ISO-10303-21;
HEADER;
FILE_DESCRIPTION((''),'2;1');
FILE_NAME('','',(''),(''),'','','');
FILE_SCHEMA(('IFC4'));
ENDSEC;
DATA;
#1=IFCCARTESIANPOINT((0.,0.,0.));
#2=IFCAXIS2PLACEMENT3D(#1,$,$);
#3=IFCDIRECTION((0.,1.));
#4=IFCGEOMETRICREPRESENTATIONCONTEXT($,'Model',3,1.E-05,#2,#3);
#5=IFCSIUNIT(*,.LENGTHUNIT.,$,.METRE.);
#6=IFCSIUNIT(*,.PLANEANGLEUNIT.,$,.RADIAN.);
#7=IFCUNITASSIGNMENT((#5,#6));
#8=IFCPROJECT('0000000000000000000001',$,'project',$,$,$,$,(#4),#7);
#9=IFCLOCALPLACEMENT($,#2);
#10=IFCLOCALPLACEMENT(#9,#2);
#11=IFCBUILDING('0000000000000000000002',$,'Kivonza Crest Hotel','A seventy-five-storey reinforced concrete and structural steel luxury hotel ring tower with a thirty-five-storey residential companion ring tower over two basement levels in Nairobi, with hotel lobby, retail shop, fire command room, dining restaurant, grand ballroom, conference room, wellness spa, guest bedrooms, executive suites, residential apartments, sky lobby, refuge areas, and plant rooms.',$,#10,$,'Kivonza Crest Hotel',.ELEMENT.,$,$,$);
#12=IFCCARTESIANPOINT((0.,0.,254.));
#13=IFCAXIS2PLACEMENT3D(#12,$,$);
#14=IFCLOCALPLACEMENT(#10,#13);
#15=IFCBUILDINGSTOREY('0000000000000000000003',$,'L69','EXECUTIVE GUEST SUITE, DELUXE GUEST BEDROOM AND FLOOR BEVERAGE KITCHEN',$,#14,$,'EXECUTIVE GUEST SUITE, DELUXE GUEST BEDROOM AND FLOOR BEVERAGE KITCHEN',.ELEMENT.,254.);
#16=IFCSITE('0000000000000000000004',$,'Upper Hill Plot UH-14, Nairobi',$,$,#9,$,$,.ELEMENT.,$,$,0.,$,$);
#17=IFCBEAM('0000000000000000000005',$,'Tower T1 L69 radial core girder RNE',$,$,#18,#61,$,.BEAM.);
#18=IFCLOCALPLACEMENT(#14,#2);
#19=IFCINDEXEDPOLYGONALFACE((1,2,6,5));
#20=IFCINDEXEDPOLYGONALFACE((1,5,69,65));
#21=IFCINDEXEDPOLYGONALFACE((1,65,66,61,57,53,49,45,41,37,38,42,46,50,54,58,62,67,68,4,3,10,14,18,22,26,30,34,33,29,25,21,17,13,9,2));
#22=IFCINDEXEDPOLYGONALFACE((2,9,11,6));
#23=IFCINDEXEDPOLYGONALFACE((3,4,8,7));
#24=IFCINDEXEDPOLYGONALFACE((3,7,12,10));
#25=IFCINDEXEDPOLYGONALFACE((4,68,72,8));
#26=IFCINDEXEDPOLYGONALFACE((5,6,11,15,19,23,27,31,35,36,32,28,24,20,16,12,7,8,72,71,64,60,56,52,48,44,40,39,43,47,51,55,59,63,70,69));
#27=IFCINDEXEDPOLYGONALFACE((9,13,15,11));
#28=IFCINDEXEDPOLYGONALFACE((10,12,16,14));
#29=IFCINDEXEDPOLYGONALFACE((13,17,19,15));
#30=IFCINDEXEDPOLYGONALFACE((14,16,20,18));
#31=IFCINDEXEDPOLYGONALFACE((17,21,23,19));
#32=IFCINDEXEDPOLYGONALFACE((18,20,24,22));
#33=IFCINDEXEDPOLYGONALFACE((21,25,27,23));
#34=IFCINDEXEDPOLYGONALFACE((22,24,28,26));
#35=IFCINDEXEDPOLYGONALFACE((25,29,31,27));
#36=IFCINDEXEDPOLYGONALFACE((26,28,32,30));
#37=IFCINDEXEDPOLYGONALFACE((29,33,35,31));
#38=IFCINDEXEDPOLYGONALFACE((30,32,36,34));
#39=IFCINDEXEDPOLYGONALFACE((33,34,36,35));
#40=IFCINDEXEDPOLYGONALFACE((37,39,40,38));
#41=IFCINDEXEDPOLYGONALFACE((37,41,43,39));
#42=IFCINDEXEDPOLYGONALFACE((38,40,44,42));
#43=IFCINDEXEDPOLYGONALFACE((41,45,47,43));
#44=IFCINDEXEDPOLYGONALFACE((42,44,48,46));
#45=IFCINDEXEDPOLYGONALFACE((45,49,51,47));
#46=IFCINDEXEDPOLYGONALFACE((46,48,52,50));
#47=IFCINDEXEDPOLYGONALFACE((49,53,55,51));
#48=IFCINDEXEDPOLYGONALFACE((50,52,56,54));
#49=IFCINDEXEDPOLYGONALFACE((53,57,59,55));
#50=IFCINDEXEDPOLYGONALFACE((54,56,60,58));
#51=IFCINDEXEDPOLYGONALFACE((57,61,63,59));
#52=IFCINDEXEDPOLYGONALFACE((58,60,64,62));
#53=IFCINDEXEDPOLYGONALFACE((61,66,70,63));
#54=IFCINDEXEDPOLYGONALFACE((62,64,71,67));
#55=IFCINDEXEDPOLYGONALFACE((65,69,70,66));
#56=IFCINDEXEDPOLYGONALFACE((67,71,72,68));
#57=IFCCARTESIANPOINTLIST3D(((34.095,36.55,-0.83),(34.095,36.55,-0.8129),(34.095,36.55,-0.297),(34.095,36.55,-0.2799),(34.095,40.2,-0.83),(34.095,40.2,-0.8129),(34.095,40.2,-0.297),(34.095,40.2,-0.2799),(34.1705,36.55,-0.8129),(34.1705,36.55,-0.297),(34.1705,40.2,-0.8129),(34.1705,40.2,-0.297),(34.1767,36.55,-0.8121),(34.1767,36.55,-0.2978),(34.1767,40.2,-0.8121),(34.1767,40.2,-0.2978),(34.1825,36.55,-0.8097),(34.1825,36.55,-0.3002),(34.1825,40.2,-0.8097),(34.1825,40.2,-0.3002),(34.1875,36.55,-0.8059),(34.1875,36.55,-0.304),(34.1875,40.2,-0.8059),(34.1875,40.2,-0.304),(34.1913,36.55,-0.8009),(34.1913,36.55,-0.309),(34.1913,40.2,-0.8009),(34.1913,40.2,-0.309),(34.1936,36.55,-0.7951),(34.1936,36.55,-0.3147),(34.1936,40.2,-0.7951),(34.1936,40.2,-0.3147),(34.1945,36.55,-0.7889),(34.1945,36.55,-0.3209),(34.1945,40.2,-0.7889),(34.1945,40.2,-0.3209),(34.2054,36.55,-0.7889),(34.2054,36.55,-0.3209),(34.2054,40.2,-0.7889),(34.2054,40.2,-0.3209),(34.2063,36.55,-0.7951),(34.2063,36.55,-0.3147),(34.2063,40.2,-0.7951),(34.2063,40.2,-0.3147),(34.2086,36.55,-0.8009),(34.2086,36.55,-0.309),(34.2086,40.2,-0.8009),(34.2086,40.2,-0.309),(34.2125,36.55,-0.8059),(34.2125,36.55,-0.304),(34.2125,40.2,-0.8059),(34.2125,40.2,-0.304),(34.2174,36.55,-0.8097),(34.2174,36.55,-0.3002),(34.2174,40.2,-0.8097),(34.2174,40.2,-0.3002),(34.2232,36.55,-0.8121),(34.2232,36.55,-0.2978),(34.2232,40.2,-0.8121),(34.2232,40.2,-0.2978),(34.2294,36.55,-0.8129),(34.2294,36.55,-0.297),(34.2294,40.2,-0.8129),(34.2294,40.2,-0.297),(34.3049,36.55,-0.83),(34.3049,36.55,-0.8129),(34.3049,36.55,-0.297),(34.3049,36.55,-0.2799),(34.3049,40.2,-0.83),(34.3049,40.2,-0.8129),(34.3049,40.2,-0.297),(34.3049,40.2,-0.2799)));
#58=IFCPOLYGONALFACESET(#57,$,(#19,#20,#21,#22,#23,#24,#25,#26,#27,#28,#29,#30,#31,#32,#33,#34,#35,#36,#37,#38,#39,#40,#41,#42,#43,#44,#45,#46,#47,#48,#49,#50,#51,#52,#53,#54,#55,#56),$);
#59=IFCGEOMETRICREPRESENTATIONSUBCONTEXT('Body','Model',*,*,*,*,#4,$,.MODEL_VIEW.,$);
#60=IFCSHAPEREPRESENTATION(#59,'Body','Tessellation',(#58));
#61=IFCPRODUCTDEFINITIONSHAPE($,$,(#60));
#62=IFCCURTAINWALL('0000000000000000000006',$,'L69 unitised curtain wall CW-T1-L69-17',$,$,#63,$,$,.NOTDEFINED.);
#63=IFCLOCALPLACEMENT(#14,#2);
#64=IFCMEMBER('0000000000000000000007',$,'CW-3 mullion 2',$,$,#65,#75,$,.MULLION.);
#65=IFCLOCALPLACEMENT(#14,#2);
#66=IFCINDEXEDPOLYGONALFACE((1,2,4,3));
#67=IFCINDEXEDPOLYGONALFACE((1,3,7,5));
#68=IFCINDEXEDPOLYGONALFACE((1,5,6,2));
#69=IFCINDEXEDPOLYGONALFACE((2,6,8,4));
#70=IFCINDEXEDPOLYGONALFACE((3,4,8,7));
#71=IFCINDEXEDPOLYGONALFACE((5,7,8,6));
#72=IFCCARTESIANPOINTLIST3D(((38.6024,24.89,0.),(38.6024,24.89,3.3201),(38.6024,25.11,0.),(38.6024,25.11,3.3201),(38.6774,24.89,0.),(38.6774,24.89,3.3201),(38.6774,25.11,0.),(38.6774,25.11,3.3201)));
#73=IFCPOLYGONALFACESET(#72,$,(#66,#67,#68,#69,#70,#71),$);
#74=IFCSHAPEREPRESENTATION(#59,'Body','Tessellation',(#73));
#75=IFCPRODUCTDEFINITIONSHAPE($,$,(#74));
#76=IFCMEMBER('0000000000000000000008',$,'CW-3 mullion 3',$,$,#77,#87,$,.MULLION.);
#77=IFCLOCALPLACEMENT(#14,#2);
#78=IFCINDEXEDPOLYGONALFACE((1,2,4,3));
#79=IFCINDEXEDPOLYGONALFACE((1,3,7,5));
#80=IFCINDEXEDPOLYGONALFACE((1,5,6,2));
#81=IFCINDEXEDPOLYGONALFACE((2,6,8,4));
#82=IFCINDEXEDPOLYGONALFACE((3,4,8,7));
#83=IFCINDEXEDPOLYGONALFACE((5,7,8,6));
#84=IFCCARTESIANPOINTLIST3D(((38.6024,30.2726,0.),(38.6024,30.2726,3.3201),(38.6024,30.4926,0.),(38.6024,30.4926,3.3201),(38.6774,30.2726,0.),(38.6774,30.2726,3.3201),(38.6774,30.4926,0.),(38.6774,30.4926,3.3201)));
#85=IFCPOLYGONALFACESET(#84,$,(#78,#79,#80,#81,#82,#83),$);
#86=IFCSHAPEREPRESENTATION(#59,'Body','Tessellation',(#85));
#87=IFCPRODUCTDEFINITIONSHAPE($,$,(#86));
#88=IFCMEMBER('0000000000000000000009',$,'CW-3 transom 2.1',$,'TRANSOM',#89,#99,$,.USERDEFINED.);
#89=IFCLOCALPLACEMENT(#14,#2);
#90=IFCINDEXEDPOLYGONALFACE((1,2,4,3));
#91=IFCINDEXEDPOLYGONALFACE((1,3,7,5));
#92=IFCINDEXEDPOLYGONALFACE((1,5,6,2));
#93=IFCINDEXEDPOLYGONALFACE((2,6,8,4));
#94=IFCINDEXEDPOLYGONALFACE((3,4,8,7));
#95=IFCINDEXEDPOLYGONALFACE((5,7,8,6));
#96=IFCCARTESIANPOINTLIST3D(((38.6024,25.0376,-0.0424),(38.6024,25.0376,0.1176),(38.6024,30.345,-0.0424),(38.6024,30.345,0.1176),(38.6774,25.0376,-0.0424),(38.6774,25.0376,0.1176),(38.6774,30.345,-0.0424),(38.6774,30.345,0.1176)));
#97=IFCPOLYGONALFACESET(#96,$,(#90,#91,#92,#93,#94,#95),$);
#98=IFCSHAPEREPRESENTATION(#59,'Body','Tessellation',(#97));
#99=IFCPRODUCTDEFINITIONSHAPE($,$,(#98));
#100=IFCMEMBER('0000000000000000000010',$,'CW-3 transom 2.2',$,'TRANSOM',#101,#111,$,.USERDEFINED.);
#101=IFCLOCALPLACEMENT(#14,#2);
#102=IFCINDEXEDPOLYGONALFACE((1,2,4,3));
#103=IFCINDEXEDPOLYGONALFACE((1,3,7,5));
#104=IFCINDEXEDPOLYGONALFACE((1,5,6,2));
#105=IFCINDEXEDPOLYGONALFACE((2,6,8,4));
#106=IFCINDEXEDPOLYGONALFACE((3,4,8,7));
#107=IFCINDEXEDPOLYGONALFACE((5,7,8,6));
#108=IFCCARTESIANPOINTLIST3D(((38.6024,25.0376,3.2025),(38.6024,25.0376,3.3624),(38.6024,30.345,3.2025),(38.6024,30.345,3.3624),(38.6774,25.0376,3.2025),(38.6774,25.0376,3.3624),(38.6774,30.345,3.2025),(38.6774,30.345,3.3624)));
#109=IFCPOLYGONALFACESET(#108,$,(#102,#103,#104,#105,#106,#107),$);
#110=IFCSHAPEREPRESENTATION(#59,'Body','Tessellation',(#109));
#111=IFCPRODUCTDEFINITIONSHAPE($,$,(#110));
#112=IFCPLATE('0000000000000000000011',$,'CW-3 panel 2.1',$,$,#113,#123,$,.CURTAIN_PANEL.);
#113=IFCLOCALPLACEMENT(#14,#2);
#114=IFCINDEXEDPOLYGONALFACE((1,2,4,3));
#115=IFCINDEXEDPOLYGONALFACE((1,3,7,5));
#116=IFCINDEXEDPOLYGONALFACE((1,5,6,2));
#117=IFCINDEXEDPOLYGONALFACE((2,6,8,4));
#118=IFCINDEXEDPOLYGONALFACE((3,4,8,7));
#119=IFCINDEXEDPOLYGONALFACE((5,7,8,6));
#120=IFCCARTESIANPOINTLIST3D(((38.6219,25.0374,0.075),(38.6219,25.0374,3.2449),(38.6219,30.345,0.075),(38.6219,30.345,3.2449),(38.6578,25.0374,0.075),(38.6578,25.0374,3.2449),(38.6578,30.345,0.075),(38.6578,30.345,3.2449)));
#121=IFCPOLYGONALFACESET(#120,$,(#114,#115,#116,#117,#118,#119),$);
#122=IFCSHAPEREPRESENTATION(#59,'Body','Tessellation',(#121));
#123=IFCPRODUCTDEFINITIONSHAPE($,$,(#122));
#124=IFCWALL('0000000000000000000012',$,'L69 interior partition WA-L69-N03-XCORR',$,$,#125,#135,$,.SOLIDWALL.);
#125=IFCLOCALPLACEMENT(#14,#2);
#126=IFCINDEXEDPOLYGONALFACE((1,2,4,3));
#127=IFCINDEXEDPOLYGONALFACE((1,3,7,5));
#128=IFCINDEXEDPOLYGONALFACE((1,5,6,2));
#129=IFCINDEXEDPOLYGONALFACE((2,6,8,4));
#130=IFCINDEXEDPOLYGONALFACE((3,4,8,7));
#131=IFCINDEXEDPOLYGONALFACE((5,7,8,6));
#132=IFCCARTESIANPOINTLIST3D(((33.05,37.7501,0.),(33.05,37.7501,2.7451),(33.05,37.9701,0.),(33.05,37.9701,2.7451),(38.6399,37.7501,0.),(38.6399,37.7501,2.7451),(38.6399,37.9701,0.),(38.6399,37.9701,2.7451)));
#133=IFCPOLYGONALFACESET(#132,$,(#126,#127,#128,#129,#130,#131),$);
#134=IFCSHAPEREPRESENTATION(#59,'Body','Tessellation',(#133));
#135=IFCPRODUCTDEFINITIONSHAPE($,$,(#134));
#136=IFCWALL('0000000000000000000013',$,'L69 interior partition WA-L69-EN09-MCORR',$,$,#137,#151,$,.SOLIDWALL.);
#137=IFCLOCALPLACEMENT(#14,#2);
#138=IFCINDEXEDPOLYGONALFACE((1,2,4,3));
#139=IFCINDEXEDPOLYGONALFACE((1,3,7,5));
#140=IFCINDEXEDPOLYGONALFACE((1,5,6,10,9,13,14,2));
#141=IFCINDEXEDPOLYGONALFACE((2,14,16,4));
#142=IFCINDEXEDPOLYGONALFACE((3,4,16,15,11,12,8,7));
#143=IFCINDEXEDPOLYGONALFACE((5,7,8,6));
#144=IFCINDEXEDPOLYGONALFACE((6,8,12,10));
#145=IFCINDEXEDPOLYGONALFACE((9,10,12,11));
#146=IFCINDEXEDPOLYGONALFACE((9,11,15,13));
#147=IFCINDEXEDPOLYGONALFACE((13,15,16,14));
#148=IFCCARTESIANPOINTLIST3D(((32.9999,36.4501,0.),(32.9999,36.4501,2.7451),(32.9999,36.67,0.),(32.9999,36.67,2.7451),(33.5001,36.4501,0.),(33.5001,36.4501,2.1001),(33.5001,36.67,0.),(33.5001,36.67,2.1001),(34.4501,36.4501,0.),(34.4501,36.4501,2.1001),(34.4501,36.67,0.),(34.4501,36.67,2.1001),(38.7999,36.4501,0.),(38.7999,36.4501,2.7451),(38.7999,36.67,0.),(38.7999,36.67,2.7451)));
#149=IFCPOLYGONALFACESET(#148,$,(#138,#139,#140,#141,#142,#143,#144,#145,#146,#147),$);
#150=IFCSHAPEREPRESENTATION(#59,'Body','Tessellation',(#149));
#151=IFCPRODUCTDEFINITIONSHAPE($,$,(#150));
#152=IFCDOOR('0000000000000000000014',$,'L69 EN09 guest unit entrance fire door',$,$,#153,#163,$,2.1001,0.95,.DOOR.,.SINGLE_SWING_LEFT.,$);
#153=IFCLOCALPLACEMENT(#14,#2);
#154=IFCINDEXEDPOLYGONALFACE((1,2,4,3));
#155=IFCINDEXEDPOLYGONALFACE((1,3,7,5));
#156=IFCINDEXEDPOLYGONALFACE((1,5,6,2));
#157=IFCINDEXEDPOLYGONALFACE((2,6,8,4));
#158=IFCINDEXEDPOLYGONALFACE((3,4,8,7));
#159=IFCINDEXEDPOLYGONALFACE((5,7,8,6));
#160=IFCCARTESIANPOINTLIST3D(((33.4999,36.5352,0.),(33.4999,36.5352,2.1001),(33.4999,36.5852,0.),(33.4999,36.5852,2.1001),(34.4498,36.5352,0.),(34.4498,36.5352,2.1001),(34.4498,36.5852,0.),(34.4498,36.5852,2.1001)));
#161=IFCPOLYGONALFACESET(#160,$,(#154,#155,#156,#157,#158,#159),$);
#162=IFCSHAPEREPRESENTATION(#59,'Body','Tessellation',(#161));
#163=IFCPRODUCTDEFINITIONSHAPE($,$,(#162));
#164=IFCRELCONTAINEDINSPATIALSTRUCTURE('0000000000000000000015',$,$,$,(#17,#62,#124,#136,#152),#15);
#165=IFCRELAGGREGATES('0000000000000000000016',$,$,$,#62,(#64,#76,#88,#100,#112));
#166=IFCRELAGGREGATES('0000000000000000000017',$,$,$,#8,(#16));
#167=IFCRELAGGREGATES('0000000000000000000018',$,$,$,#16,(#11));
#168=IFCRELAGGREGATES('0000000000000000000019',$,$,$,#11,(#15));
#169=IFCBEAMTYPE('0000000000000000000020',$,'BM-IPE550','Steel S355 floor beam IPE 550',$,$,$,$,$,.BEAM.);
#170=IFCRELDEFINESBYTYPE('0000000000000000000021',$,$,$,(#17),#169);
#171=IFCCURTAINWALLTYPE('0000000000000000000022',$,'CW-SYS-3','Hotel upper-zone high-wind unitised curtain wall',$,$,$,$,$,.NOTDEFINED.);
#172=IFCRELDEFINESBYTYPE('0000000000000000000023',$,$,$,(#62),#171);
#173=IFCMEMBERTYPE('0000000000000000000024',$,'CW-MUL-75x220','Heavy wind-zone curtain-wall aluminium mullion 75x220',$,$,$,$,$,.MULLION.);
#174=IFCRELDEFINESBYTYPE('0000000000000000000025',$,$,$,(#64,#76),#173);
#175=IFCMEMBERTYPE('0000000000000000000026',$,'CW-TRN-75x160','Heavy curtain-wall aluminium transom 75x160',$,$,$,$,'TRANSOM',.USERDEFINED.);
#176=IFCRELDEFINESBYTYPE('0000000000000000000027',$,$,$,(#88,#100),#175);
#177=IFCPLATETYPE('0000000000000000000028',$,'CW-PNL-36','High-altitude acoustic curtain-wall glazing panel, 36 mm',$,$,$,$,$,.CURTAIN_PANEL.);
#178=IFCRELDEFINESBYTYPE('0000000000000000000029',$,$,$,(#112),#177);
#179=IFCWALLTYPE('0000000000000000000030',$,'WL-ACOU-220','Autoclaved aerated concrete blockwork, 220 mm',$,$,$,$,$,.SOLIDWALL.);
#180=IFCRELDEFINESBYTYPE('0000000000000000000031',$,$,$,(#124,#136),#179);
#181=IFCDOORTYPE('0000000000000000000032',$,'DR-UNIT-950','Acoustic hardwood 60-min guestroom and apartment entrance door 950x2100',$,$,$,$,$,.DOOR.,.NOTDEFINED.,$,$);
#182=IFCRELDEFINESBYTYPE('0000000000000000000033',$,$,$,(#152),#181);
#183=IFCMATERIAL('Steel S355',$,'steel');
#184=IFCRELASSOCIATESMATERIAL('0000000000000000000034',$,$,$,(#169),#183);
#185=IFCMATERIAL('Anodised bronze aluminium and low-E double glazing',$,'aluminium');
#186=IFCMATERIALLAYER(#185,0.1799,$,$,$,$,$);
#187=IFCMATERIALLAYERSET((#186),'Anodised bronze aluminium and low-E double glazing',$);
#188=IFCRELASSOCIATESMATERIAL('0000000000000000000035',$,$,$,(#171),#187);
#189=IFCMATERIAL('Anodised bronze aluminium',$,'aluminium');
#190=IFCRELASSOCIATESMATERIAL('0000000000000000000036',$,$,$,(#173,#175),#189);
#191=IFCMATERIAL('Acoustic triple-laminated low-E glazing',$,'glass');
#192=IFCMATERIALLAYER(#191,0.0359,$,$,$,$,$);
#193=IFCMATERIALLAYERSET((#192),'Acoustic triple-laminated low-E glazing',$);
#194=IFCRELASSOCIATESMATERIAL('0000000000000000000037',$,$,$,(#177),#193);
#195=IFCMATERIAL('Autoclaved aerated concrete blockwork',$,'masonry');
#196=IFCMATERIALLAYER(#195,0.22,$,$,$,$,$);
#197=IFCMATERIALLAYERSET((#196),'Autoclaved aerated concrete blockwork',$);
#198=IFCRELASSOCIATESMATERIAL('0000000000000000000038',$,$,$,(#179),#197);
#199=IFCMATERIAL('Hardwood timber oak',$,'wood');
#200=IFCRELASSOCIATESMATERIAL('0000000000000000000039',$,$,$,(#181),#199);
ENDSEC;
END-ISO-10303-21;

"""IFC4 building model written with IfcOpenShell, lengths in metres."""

from ifc_helpers import new_model, si_unit, direction, frame, frame_2d, origin, origin_2d, place, context, subcontext, project, spatial, rectangle, i_section, extrude, material, layer, layer_set, material_profile, profile_set, type_object, element, fill, aggregate, save


model = new_model("IFC4")

# Units and contexts
model_context = context("Model", 3, precision=1e-05, world=origin(), true_north=direction((0.0, 1.0)))
body_context = subcontext(model_context, "Body", "Model", "MODEL_VIEW")
ifc_project = project(units=[si_unit("LENGTHUNIT", "METRE"), si_unit("PLANEANGLEUNIT", "RADIAN")], contexts=[model_context])

# Site, building, storey
site_placement = place(None, origin())
site = spatial("IfcSite", under=ifc_project, at=site_placement, Name="Upper Hill Plot UH-14, Nairobi", CompositionType="ELEMENT", RefElevation=0.0)
building_placement = place(site_placement, origin())
building = spatial("IfcBuilding", under=site, at=building_placement, Name="Kivonza Crest Hotel", Description="A seventy-five-storey reinforced concrete and structural steel luxury hotel ring tower with a thirty-five-storey residential companion ring tower over two basement levels in Nairobi, with hotel lobby, retail shop, fire command room, dining restaurant, grand ballroom, conference room, wellness spa, guest bedrooms, executive suites, residential apartments, sky lobby, refuge areas, and plant rooms.", LongName="Kivonza Crest Hotel", CompositionType="ELEMENT")
storey_placement = place(building_placement, frame((0.0, 0.0, 254.0)))
storey = spatial("IfcBuildingStorey", under=building, at=storey_placement, Name="L69", Description="EXECUTIVE GUEST SUITE, DELUXE GUEST BEDROOM AND FLOOR BEVERAGE KITCHEN", LongName="EXECUTIVE GUEST SUITE, DELUXE GUEST BEDROOM AND FLOOR BEVERAGE KITCHEN", CompositionType="ELEMENT", Elevation=254.0)

# Beam
ifc_material_1 = material(Name="Steel S355", Category="steel")
ifc_material_profile_1 = material_profile(ifc_material_1, i_section(OverallWidth=0.21, OverallDepth=0.55, WebThickness=0.011, FlangeThickness=0.0171, FilletRadius=0.0239, at=origin_2d()), Name="IPE 550")
ifc_profile_set_1 = profile_set([ifc_material_profile_1], Name="Steel S355")
beam_type_1 = type_object("IfcBeamType", Name="BM-IPE550", Description="Steel S355 floor beam IPE 550", PredefinedType="BEAM", material=ifc_profile_set_1)
beam_1_placement = place(storey_placement, frame((34.2, 40.2, -0.5549), z_axis=(0.0, -1.0, 0.0), x_axis=(1.0, 0.0, 0.0)))
element("IfcBeam", 1, at=beam_1_placement, inside=storey, type_object=beam_type_1, Name="Tower T1 L69 radial core girder RNE", PredefinedType="BEAM", context=body_context, shape_type="SweptSolid", body=[
    extrude(i_section(OverallWidth=0.21, OverallDepth=0.55, WebThickness=0.011, FlangeThickness=0.0171, FilletRadius=0.0239, at=origin_2d()), origin(), (0.0, 0.0, 1.0), 3.6499),
])

# Curtain wall, members, plate
ifc_material_2 = material(Name="Anodised bronze aluminium and low-E double glazing", Category="aluminium")
ifc_layer_1 = layer(ifc_material_2, 0.1799)
ifc_layer_set_1 = layer_set([ifc_layer_1], Name="Anodised bronze aluminium and low-E double glazing")
curtain_wall_type = type_object("IfcCurtainWallType", Name="CW-SYS-3", Description="Hotel upper-zone high-wind unitised curtain wall", PredefinedType="NOTDEFINED", material=ifc_layer_set_1)
curtain_wall_placement = place(storey_placement, origin())
curtain_wall = element("IfcCurtainWall", 2, at=curtain_wall_placement, inside=storey, type_object=curtain_wall_type, Name="L69 unitised curtain wall CW-T1-L69-17", PredefinedType="NOTDEFINED")
ifc_material_3 = material(Name="Anodised bronze aluminium", Category="aluminium")
ifc_material_profile_2 = material_profile(ifc_material_3, rectangle(XDim=0.075, YDim=0.22, at=origin_2d()), Name="CW-M 75x220")
ifc_profile_set_2 = profile_set([ifc_material_profile_2], Name="Anodised bronze aluminium")
member_type_1 = type_object("IfcMemberType", Name="CW-MUL-75x220", Description="Heavy wind-zone curtain-wall aluminium mullion 75x220", PredefinedType="MULLION", material=ifc_profile_set_2)
member_1_placement = place(storey_placement, frame((38.6399, 25.0, 0.0), z_axis=(0.0, 0.0, 1.0), x_axis=(-1.0, 0.0, 0.0)))
member_1 = element("IfcMember", 3, at=member_1_placement, type_object=member_type_1, Name="CW-3 mullion 2", PredefinedType="MULLION", context=body_context, shape_type="SweptSolid", body=[
    extrude(rectangle(XDim=0.075, YDim=0.22, at=origin_2d()), origin(), (0.0, 0.0, 1.0), 3.3201),
])
member_2_placement = place(storey_placement, frame((38.6399, 30.3826, 0.0), z_axis=(0.0, 0.0, 1.0), x_axis=(-1.0, 0.0, 0.0)))
member_2 = element("IfcMember", 4, at=member_2_placement, type_object=member_type_1, Name="CW-3 mullion 3", PredefinedType="MULLION", context=body_context, shape_type="SweptSolid", body=[
    extrude(rectangle(XDim=0.075, YDim=0.22, at=origin_2d()), origin(), (0.0, 0.0, 1.0), 3.3201),
])
ifc_material_profile_3 = material_profile(ifc_material_3, rectangle(XDim=0.075, YDim=0.1599, at=origin_2d()), Name="CW-T 75x160")
ifc_profile_set_3 = profile_set([ifc_material_profile_3], Name="Anodised bronze aluminium")
member_type_2 = type_object("IfcMemberType", Name="CW-TRN-75x160", Description="Heavy curtain-wall aluminium transom 75x160", ElementType="TRANSOM", PredefinedType="USERDEFINED", material=ifc_profile_set_3)
member_3_placement = place(storey_placement, frame((38.6399, 25.0376, 0.0376), z_axis=(0.0, 1.0, 0.0), x_axis=(-1.0, 0.0, 0.0)))
member_3 = element("IfcMember", 5, at=member_3_placement, type_object=member_type_2, Name="CW-3 transom 2.1", ObjectType="TRANSOM", PredefinedType="USERDEFINED", context=body_context, shape_type="SweptSolid", body=[
    extrude(rectangle(XDim=0.075, YDim=0.1599, at=origin_2d()), origin(), (0.0, 0.0, 1.0), 5.3074),
])
member_4_placement = place(storey_placement, frame((38.6399, 25.0376, 3.2825), z_axis=(0.0, 1.0, 0.0), x_axis=(-1.0, 0.0, 0.0)))
member_4 = element("IfcMember", 6, at=member_4_placement, type_object=member_type_2, Name="CW-3 transom 2.2", ObjectType="TRANSOM", PredefinedType="USERDEFINED", context=body_context, shape_type="SweptSolid", body=[
    extrude(rectangle(XDim=0.075, YDim=0.1599, at=origin_2d()), origin(), (0.0, 0.0, 1.0), 5.3074),
])
ifc_material_4 = material(Name="Acoustic triple-laminated low-E glazing", Category="glass")
ifc_layer_2 = layer(ifc_material_4, 0.0359)
ifc_layer_set_2 = layer_set([ifc_layer_2], Name="Acoustic triple-laminated low-E glazing")
plate_type = type_object("IfcPlateType", Name="CW-PNL-36", Description="High-altitude acoustic curtain-wall glazing panel, 36 mm", PredefinedType="CURTAIN_PANEL", material=ifc_layer_set_2)
plate_placement = place(storey_placement, frame((38.6399, 27.6912, 0.075), z_axis=(0.0, 0.0, 1.0), x_axis=(0.0, 1.0, 0.0)))
plate = element("IfcPlate", 7, at=plate_placement, type_object=plate_type, Name="CW-3 panel 2.1", PredefinedType="CURTAIN_PANEL", context=body_context, shape_type="SweptSolid", body=[
    extrude(rectangle(XDim=5.3076, YDim=0.0359, at=origin_2d()), origin(), (0.0, 0.0, 1.0), 3.1699),
])
aggregate(curtain_wall, [member_1, member_2, member_3, member_4, plate])

# Wall
ifc_material_5 = material(Name="Autoclaved aerated concrete blockwork", Category="masonry")
ifc_layer_3 = layer(ifc_material_5, 0.22)
ifc_layer_set_3 = layer_set([ifc_layer_3], Name="Autoclaved aerated concrete blockwork")
wall_type_1 = type_object("IfcWallType", Name="WL-ACOU-220", Description="Autoclaved aerated concrete blockwork, 220 mm", PredefinedType="SOLIDWALL", material=ifc_layer_set_3)
wall_1_placement = place(storey_placement, frame((33.05, 37.8601, 0.0), z_axis=(0.0, 0.0, 1.0), x_axis=(1.0, 0.0, 0.0)))
element("IfcWall", 8, at=wall_1_placement, inside=storey, type_object=wall_type_1, Name="L69 interior partition WA-L69-N03-XCORR", PredefinedType="SOLIDWALL", context=body_context, shape_type="SweptSolid", body=[
    extrude(rectangle(XDim=5.5898, YDim=0.22, at=frame_2d((2.7949, 0.0))), origin(), (0.0, 0.0, 1.0), 2.7451),
])

# Wall, opening, door
wall_2_placement = place(storey_placement, frame((33.0, 36.5601, 0.0), z_axis=(0.0, 0.0, 1.0), x_axis=(1.0, 0.0, 0.0)))
wall_2 = element("IfcWall", 9, at=wall_2_placement, inside=storey, type_object=wall_type_1, Name="L69 interior partition WA-L69-EN09-MCORR", PredefinedType="SOLIDWALL", context=body_context, shape_type="SweptSolid", body=[
    extrude(rectangle(XDim=5.8, YDim=0.22, at=frame_2d((2.8999, 0.0))), origin(), (0.0, 0.0, 1.0), 2.7451),
])
opening_1_placement = place(wall_2_placement, frame((0.5, 0.0, 0.0)))
opening_1 = element("IfcOpeningElement", 10, at=opening_1_placement, cuts=wall_2, PredefinedType="OPENING", context=body_context, shape_type="SweptSolid", body=[
    extrude(rectangle(XDim=0.95, YDim=2.1001, at=frame_2d((0.4751, 1.05))), frame((0.0, 0.1201, 0.0), z_axis=(0.0, -1.0, 0.0), x_axis=(1.0, 0.0, 0.0)), (0.0, 0.0, 1.0), 0.24),
])
ifc_material_6 = material(Name="Hardwood timber oak", Category="wood")
door_type_1 = type_object("IfcDoorType", Name="DR-UNIT-950", Description="Acoustic hardwood 60-min guestroom and apartment entrance door 950x2100", OperationType="NOTDEFINED", PredefinedType="DOOR", material=ifc_material_6)
door_1_placement = place(opening_1_placement, frame((0.95, 0.0, 0.0), z_axis=(0.0, 0.0, 1.0), x_axis=(-1.0, 0.0, 0.0)))
door_1 = element("IfcDoor", 11, at=door_1_placement, inside=storey, type_object=door_type_1, Name="L69 EN09 guest unit entrance fire door", OperationType="SINGLE_SWING_LEFT", OverallHeight=2.1001, OverallWidth=0.95, PredefinedType="DOOR", context=body_context, shape_type="SweptSolid", body=[
    extrude(rectangle(XDim=0.95, YDim=2.1001, at=frame_2d((0.4751, 1.05))), frame((0.0, 0.0249, 0.0), z_axis=(0.0, -1.0, 0.0), x_axis=(1.0, 0.0, 0.0)), (0.0, 0.0, 1.0), 0.05),
])
fill(opening_1, door_1)

save(model, "model.ifc")
